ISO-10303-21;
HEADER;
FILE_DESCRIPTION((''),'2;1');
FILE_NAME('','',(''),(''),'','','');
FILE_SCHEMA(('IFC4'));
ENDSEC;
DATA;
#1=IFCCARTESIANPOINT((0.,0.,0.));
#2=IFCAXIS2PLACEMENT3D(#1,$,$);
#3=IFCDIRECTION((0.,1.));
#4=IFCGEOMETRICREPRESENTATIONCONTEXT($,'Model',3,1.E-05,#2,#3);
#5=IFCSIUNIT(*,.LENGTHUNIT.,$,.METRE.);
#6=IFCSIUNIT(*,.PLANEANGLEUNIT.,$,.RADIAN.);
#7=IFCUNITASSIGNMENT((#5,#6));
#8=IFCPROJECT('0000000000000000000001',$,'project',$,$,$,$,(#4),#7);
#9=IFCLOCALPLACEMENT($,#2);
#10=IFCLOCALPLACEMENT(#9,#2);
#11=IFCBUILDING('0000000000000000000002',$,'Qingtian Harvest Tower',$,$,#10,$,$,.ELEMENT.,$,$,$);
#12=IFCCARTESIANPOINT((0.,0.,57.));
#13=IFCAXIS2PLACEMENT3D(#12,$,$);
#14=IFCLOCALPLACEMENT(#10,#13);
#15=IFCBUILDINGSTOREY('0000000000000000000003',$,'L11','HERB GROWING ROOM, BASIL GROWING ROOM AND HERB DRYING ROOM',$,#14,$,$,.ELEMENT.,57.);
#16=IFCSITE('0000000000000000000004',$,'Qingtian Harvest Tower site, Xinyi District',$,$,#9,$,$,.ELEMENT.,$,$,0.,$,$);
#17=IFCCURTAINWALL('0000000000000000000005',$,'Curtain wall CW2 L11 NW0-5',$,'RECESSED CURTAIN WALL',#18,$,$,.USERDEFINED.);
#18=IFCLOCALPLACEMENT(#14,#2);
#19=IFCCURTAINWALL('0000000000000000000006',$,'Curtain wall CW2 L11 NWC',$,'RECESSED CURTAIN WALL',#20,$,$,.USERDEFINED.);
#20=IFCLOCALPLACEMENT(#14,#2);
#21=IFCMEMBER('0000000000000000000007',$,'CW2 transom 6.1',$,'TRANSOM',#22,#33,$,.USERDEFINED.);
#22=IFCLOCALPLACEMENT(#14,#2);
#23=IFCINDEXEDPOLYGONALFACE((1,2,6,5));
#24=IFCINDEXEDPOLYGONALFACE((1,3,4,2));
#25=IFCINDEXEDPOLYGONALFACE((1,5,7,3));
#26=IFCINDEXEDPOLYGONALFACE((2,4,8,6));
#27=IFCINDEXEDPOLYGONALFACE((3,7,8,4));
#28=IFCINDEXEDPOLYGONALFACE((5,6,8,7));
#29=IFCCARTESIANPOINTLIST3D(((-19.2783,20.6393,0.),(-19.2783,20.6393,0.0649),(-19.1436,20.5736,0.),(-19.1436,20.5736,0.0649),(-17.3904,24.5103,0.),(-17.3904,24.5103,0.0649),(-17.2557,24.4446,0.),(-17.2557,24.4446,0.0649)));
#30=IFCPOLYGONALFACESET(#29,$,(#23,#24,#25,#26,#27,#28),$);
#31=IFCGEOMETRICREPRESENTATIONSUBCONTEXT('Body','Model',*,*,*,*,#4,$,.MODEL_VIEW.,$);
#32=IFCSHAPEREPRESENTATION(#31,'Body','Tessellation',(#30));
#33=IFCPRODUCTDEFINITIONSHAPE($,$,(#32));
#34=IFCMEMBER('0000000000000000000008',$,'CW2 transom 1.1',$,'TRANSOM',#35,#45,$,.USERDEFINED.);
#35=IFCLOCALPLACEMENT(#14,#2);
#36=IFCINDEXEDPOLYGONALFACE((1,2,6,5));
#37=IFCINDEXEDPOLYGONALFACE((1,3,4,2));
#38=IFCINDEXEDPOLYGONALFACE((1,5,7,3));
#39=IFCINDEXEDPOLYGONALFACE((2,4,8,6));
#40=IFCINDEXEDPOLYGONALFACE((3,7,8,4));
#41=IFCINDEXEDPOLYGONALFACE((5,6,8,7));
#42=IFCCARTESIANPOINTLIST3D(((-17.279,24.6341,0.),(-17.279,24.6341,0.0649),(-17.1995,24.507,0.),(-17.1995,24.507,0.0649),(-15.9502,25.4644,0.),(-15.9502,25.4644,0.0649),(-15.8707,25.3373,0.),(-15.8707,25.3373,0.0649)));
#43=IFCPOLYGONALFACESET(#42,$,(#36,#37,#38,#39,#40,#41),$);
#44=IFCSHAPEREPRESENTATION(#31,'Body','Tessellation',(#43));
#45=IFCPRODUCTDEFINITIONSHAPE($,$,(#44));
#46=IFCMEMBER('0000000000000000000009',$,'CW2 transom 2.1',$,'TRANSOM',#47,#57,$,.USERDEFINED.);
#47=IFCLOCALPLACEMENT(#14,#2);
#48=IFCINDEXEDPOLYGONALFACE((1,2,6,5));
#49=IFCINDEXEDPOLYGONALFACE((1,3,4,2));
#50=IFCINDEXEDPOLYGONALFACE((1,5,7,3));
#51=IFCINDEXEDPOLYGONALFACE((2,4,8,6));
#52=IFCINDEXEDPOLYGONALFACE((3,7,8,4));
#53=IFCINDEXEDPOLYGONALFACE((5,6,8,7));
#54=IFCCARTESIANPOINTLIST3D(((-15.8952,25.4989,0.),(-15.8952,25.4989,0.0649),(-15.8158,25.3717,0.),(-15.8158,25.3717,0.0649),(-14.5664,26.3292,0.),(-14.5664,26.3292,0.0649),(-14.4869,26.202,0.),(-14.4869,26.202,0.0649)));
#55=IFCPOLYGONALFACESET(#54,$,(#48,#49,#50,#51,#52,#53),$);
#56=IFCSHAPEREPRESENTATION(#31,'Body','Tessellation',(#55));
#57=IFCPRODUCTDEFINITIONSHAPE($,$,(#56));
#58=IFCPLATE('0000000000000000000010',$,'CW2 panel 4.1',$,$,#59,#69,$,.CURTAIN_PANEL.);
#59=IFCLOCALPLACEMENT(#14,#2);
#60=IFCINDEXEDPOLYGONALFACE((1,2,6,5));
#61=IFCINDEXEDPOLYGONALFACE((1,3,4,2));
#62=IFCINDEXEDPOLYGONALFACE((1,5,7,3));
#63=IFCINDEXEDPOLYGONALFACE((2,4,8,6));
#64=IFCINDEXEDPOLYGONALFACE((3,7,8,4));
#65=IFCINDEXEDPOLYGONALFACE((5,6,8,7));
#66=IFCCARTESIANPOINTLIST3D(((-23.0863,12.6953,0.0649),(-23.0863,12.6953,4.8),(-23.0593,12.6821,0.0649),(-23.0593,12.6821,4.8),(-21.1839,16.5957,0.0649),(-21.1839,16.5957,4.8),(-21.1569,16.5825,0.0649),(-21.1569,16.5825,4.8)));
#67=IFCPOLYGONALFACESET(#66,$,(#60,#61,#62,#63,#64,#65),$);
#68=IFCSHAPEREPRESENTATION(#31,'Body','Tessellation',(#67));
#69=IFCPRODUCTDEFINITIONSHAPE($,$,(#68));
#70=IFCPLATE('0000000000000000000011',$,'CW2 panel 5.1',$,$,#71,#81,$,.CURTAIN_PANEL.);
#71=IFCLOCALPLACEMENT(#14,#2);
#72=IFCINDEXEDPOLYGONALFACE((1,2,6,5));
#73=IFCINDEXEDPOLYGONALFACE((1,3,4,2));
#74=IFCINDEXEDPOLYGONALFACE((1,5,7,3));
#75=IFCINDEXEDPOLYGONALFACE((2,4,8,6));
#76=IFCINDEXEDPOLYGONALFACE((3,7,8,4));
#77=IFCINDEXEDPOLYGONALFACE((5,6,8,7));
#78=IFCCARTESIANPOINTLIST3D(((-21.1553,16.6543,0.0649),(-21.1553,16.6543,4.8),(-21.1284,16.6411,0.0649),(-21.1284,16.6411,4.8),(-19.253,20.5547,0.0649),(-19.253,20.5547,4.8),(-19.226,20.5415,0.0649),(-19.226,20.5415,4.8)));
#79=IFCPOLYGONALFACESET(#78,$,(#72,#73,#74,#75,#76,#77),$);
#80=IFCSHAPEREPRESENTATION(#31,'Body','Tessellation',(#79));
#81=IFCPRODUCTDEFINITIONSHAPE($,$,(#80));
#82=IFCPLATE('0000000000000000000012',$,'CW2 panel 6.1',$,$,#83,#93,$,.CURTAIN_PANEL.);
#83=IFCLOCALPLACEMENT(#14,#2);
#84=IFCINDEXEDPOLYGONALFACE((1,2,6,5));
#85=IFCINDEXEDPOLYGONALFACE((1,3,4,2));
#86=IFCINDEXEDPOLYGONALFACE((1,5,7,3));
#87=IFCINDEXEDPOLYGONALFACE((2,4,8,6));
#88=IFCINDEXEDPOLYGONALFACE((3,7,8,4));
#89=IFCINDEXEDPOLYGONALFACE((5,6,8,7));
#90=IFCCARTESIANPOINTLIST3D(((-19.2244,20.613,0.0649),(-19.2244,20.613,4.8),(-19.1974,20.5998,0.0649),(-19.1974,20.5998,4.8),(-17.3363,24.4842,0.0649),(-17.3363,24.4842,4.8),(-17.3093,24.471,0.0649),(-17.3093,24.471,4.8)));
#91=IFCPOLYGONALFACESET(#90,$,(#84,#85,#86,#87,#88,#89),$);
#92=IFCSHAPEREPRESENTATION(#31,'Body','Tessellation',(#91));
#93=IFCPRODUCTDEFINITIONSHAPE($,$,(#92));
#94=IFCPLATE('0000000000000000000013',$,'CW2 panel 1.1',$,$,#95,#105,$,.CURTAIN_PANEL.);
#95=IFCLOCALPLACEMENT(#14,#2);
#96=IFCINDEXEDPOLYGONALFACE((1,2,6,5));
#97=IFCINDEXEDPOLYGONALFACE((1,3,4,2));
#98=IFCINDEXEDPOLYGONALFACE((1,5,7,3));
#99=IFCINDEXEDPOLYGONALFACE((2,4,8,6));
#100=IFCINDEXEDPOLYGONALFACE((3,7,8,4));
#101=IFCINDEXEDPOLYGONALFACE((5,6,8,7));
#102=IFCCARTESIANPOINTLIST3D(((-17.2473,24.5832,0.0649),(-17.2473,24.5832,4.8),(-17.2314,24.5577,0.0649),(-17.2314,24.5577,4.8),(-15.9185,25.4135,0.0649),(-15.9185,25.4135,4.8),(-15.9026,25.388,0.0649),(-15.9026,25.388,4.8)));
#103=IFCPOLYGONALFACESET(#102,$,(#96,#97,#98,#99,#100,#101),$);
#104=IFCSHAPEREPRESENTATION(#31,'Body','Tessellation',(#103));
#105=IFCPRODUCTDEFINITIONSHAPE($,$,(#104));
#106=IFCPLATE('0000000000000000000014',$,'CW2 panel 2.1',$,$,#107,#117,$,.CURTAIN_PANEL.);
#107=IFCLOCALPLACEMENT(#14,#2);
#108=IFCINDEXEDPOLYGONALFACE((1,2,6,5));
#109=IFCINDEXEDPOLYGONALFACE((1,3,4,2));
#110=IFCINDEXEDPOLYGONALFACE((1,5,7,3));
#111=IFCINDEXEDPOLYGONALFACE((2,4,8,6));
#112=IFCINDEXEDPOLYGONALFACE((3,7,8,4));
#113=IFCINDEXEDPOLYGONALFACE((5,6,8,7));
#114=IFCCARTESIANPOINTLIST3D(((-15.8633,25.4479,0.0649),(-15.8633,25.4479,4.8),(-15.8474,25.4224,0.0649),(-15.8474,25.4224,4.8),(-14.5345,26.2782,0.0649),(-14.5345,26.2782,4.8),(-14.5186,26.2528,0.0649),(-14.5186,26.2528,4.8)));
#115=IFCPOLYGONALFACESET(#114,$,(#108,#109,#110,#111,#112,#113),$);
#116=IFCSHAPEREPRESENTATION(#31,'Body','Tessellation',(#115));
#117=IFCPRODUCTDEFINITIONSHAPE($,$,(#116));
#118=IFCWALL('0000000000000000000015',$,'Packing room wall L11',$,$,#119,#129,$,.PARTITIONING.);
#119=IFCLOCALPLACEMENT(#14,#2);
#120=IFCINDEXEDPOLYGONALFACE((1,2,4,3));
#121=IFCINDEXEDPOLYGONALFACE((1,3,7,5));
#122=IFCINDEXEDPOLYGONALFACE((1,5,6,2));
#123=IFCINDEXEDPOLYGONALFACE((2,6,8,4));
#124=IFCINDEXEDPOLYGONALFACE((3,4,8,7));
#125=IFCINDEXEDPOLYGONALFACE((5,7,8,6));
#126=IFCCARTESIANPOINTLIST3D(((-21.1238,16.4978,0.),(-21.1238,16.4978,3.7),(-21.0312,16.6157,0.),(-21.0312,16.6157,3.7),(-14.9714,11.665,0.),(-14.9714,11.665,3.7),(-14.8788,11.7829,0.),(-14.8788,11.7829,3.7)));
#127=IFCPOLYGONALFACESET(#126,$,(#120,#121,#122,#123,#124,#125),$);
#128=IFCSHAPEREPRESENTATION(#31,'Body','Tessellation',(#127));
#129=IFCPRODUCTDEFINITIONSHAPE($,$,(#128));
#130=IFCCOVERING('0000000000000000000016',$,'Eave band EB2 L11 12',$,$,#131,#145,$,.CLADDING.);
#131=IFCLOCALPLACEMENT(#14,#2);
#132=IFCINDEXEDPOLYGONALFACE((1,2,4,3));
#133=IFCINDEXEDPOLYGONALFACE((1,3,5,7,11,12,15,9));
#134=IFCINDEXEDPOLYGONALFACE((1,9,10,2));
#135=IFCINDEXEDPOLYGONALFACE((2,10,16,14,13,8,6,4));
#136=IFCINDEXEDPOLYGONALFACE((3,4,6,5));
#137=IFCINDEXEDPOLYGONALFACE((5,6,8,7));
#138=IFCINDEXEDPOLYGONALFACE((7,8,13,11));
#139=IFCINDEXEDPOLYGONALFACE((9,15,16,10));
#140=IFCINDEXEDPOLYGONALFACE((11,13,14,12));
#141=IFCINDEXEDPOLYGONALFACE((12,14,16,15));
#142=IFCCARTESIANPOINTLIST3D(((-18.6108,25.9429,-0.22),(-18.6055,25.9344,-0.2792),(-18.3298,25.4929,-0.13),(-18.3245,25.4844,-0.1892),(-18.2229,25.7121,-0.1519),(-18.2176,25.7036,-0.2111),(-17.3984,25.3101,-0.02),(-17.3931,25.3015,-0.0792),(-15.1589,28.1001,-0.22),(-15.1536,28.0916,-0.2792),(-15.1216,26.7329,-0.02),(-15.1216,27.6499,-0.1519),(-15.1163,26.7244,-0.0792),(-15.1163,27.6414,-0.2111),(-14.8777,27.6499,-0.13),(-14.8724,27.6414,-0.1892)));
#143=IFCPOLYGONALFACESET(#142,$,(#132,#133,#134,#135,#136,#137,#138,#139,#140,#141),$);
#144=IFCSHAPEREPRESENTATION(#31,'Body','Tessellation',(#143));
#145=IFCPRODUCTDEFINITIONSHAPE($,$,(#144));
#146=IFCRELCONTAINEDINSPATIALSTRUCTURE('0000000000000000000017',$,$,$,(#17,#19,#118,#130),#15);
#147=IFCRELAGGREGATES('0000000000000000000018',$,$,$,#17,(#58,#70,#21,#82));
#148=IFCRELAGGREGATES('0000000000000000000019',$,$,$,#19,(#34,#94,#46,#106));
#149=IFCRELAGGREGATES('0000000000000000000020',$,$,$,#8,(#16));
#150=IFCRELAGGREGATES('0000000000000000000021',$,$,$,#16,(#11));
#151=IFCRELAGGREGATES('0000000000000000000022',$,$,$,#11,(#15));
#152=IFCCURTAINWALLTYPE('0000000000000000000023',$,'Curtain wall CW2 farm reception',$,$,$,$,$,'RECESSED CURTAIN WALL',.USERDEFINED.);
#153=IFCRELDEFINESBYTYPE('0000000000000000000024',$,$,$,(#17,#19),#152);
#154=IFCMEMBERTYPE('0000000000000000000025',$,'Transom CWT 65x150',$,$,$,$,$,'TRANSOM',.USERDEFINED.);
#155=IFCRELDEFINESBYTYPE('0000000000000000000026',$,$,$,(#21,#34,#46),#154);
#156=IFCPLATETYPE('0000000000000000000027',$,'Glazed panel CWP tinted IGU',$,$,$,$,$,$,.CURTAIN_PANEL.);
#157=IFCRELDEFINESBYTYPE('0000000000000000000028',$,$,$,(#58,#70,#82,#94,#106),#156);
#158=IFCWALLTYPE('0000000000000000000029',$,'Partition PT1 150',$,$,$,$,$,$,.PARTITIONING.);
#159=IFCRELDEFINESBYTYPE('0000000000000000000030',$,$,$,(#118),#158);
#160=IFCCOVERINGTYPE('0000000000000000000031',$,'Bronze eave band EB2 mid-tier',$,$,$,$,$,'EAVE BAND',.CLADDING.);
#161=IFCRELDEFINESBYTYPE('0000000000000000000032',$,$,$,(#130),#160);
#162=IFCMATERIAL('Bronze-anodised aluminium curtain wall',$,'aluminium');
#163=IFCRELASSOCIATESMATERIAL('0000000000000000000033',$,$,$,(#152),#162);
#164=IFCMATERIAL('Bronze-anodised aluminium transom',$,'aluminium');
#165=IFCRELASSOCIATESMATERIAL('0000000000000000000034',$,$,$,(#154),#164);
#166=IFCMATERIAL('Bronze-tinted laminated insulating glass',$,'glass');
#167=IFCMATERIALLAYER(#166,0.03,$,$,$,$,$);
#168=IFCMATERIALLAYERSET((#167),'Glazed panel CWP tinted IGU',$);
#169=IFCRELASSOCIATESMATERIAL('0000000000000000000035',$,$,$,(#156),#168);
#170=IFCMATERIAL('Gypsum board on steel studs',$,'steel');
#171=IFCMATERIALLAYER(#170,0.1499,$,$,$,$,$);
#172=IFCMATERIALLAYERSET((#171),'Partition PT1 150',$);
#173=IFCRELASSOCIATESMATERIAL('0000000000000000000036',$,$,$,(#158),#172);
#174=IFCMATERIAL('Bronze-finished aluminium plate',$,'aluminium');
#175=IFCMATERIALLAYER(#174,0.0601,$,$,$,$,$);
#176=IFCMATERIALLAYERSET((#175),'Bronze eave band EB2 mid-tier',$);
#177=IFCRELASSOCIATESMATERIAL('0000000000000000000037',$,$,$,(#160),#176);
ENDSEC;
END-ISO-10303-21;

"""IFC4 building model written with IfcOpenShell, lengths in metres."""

from ifc_helpers import new_model, si_unit, direction, frame, frame_2d, origin, origin_2d, place, context, subcontext, project, spatial, polyline, rectangle, outline, extrude, material, layer, layer_set, material_profile, profile_set, type_object, element, aggregate, save


model = new_model("IFC4")

# Units and contexts
model_context = context("Model", 3, precision=1e-05, world=origin(), true_north=direction((0.0, 1.0)))
body_context = subcontext(model_context, "Body", "Model", "MODEL_VIEW")
ifc_project = project(units=[si_unit("LENGTHUNIT", "METRE"), si_unit("PLANEANGLEUNIT", "RADIAN")], contexts=[model_context])

# Site, building, storey
site_placement = place(None, origin())
site = spatial("IfcSite", under=ifc_project, at=site_placement, Name="Qingtian Harvest Tower site, Xinyi District", CompositionType="ELEMENT", RefElevation=0.0)
building_placement = place(site_placement, origin())
building = spatial("IfcBuilding", under=site, at=building_placement, Name="Qingtian Harvest Tower", CompositionType="ELEMENT")
storey_placement = place(building_placement, frame((0.0, 0.0, 57.0)))
storey = spatial("IfcBuildingStorey", under=building, at=storey_placement, Name="L11", Description="HERB GROWING ROOM, BASIL GROWING ROOM AND HERB DRYING ROOM", CompositionType="ELEMENT", Elevation=57.0)

# Curtain walls
ifc_material_1 = material(Name="Bronze-anodised aluminium curtain wall", Category="aluminium")
curtain_wall_type = type_object("IfcCurtainWallType", Name="Curtain wall CW2 farm reception", ElementType="RECESSED CURTAIN WALL", PredefinedType="USERDEFINED", material=ifc_material_1)
curtain_wall_1_placement = place(storey_placement, origin())
curtain_wall_1 = element("IfcCurtainWall", 1, at=curtain_wall_1_placement, inside=storey, type_object=curtain_wall_type, Name="Curtain wall CW2 L11 NW0-5", ObjectType="RECESSED CURTAIN WALL", PredefinedType="USERDEFINED")
curtain_wall_2_placement = place(storey_placement, origin())
curtain_wall_2 = element("IfcCurtainWall", 2, at=curtain_wall_2_placement, inside=storey, type_object=curtain_wall_type, Name="Curtain wall CW2 L11 NWC", ObjectType="RECESSED CURTAIN WALL", PredefinedType="USERDEFINED")

# Members
ifc_material_2 = material(Name="Bronze-anodised aluminium transom", Category="aluminium")
ifc_material_profile_1 = material_profile(ifc_material_2, rectangle(XDim=0.1499, YDim=0.0649, at=origin_2d()), Name="AL 65x150")
ifc_profile_set_1 = profile_set([ifc_material_profile_1], Name="Bronze-anodised aluminium transom")
member_type_1 = type_object("IfcMemberType", Name="Transom CWT 65x150", ElementType="TRANSOM", PredefinedType="USERDEFINED", material=ifc_profile_set_1)
member_1_placement = place(storey_placement, frame((-19.2109, 20.6064, 0.0325), z_axis=(0.438349, 0.898805, 0.0), x_axis=(-0.898805, 0.438349, 0.0)))
member_1 = element("IfcMember", 3, at=member_1_placement, type_object=member_type_1, Name="CW2 transom 6.1", ObjectType="TRANSOM", PredefinedType="USERDEFINED", context=body_context, shape_type="SweptSolid", body=[
    extrude(rectangle(XDim=0.1499, YDim=0.0649, at=origin_2d()), origin(), (0.0, 0.0, 1.0), 4.3069),
])
member_2_placement = place(storey_placement, frame((-17.2393, 24.5706, 0.0325), z_axis=(0.84806, 0.529901, 0.0), x_axis=(-0.529901, 0.84806, 0.0)))
member_2 = element("IfcMember", 4, at=member_2_placement, type_object=member_type_1, Name="CW2 transom 1.1", ObjectType="TRANSOM", PredefinedType="USERDEFINED", context=body_context, shape_type="SweptSolid", body=[
    extrude(rectangle(XDim=0.1499, YDim=0.0649, at=origin_2d()), origin(), (0.0, 0.0, 1.0), 1.5669),
])
member_3_placement = place(storey_placement, frame((-15.8555, 25.4353, 0.0325), z_axis=(0.84806, 0.529901, 0.0), x_axis=(-0.529901, 0.84806, 0.0)))
member_3 = element("IfcMember", 5, at=member_3_placement, type_object=member_type_1, Name="CW2 transom 2.1", ObjectType="TRANSOM", PredefinedType="USERDEFINED", context=body_context, shape_type="SweptSolid", body=[
    extrude(rectangle(XDim=0.1499, YDim=0.0649, at=origin_2d()), origin(), (0.0, 0.0, 1.0), 1.5669),
])

# Plates
ifc_material_3 = material(Name="Bronze-tinted laminated insulating glass", Category="glass")
ifc_layer_1 = layer(ifc_material_3, 0.03)
ifc_layer_set_1 = layer_set([ifc_layer_1], Name="Glazed panel CWP tinted IGU")
plate_type = type_object("IfcPlateType", Name="Glazed panel CWP tinted IGU", PredefinedType="CURTAIN_PANEL", material=ifc_layer_set_1)
plate_1_placement = place(storey_placement, frame((-22.1216, 14.6389, 0.0649), z_axis=(0.0, 0.0, 1.0), x_axis=(0.438371, 0.898794, 0.0)))
plate_1 = element("IfcPlate", 6, at=plate_1_placement, type_object=plate_type, Name="CW2 panel 4.1", PredefinedType="CURTAIN_PANEL", context=body_context, shape_type="SweptSolid", body=[
    extrude(rectangle(XDim=4.3396, YDim=0.03, at=origin_2d()), origin(), (0.0, 0.0, 1.0), 4.7351),
])
plate_2_placement = place(storey_placement, frame((-20.1907, 18.5979, 0.0649), z_axis=(0.0, 0.0, 1.0), x_axis=(0.438371, 0.898794, 0.0)))
plate_2 = element("IfcPlate", 7, at=plate_2_placement, type_object=plate_type, Name="CW2 panel 5.1", PredefinedType="CURTAIN_PANEL", context=body_context, shape_type="SweptSolid", body=[
    extrude(rectangle(XDim=4.3396, YDim=0.03, at=origin_2d()), origin(), (0.0, 0.0, 1.0), 4.7351),
])
plate_3_placement = place(storey_placement, frame((-18.2668, 22.542, 0.0649), z_axis=(0.0, 0.0, 1.0), x_axis=(0.438371, 0.898794, 0.0)))
plate_3 = element("IfcPlate", 8, at=plate_3_placement, type_object=plate_type, Name="CW2 panel 6.1", PredefinedType="CURTAIN_PANEL", context=body_context, shape_type="SweptSolid", body=[
    extrude(rectangle(XDim=4.3071, YDim=0.03, at=origin_2d()), origin(), (0.0, 0.0, 1.0), 4.7351),
])
aggregate(curtain_wall_1, [plate_1, plate_2, member_1, plate_3])
plate_4_placement = place(storey_placement, frame((-16.575, 24.9856, 0.0649), z_axis=(0.0, 0.0, 1.0), x_axis=(0.848048, 0.529919, 0.0)))
plate_4 = element("IfcPlate", 9, at=plate_4_placement, type_object=plate_type, Name="CW2 panel 1.1", PredefinedType="CURTAIN_PANEL", context=body_context, shape_type="SweptSolid", body=[
    extrude(rectangle(XDim=1.5669, YDim=0.03, at=origin_2d()), origin(), (0.0, 0.0, 1.0), 4.7351),
])
plate_5_placement = place(storey_placement, frame((-15.1909, 25.8503, 0.0649), z_axis=(0.0, 0.0, 1.0), x_axis=(0.848048, 0.529919, 0.0)))
plate_5 = element("IfcPlate", 10, at=plate_5_placement, type_object=plate_type, Name="CW2 panel 2.1", PredefinedType="CURTAIN_PANEL", context=body_context, shape_type="SweptSolid", body=[
    extrude(rectangle(XDim=1.5669, YDim=0.03, at=origin_2d()), origin(), (0.0, 0.0, 1.0), 4.7351),
])
aggregate(curtain_wall_2, [member_2, plate_4, member_3, plate_5])

# Wall
ifc_material_4 = material(Name="Gypsum board on steel studs", Category="steel")
ifc_layer_2 = layer(ifc_material_4, 0.1499)
ifc_layer_set_2 = layer_set([ifc_layer_2], Name="Partition PT1 150")
wall_type = type_object("IfcWallType", Name="Partition PT1 150", PredefinedType="PARTITIONING", material=ifc_layer_set_2)
wall_placement = place(storey_placement, frame((-21.0774, 16.5566, 0.0), z_axis=(0.0, 0.0, 1.0), x_axis=(0.786394, -0.617725, 0.0)))
element("IfcWall", 11, at=wall_placement, inside=storey, type_object=wall_type, Name="Packing room wall L11", PredefinedType="PARTITIONING", context=body_context, shape_type="SweptSolid", body=[
    extrude(rectangle(XDim=7.8235, YDim=0.1499, at=frame_2d((3.9116, 0.0))), origin(), (0.0, 0.0, 1.0), 3.7),
])

# Covering
ifc_material_5 = material(Name="Bronze-finished aluminium plate", Category="aluminium")
ifc_layer_3 = layer(ifc_material_5, 0.0601)
ifc_layer_set_3 = layer_set([ifc_layer_3], Name="Bronze eave band EB2 mid-tier")
covering_type = type_object("IfcCoveringType", Name="Bronze eave band EB2 mid-tier", ElementType="EAVE BAND", PredefinedType="CLADDING", material=ifc_layer_set_3)
covering_placement = place(storey_placement, frame((-17.3984, 25.3101, -0.02), z_axis=(-0.0886, 0.141788, 0.985924), x_axis=(-0.889652, 0.433885, -0.142347)))
element("IfcCovering", 12, at=covering_placement, inside=storey, type_object=covering_type, Name="Eave band EB2 L11 12", PredefinedType="CLADDING", context=body_context, shape_type="SweptSolid", body=[
    extrude(outline(polyline([(0.0, 0.0), (0.9267, 0.0), (0.9236, 0.2449), (1.3816, -0.0375), (-0.7534, -3.5032), (-1.2117, -3.2207), (-0.9916, -3.1134), (-1.4083, -2.2859), (0.0, 0.0)])), origin(), (0.0, 0.0, -1.0), 0.0601),
])

save(model, "model.ifc")
